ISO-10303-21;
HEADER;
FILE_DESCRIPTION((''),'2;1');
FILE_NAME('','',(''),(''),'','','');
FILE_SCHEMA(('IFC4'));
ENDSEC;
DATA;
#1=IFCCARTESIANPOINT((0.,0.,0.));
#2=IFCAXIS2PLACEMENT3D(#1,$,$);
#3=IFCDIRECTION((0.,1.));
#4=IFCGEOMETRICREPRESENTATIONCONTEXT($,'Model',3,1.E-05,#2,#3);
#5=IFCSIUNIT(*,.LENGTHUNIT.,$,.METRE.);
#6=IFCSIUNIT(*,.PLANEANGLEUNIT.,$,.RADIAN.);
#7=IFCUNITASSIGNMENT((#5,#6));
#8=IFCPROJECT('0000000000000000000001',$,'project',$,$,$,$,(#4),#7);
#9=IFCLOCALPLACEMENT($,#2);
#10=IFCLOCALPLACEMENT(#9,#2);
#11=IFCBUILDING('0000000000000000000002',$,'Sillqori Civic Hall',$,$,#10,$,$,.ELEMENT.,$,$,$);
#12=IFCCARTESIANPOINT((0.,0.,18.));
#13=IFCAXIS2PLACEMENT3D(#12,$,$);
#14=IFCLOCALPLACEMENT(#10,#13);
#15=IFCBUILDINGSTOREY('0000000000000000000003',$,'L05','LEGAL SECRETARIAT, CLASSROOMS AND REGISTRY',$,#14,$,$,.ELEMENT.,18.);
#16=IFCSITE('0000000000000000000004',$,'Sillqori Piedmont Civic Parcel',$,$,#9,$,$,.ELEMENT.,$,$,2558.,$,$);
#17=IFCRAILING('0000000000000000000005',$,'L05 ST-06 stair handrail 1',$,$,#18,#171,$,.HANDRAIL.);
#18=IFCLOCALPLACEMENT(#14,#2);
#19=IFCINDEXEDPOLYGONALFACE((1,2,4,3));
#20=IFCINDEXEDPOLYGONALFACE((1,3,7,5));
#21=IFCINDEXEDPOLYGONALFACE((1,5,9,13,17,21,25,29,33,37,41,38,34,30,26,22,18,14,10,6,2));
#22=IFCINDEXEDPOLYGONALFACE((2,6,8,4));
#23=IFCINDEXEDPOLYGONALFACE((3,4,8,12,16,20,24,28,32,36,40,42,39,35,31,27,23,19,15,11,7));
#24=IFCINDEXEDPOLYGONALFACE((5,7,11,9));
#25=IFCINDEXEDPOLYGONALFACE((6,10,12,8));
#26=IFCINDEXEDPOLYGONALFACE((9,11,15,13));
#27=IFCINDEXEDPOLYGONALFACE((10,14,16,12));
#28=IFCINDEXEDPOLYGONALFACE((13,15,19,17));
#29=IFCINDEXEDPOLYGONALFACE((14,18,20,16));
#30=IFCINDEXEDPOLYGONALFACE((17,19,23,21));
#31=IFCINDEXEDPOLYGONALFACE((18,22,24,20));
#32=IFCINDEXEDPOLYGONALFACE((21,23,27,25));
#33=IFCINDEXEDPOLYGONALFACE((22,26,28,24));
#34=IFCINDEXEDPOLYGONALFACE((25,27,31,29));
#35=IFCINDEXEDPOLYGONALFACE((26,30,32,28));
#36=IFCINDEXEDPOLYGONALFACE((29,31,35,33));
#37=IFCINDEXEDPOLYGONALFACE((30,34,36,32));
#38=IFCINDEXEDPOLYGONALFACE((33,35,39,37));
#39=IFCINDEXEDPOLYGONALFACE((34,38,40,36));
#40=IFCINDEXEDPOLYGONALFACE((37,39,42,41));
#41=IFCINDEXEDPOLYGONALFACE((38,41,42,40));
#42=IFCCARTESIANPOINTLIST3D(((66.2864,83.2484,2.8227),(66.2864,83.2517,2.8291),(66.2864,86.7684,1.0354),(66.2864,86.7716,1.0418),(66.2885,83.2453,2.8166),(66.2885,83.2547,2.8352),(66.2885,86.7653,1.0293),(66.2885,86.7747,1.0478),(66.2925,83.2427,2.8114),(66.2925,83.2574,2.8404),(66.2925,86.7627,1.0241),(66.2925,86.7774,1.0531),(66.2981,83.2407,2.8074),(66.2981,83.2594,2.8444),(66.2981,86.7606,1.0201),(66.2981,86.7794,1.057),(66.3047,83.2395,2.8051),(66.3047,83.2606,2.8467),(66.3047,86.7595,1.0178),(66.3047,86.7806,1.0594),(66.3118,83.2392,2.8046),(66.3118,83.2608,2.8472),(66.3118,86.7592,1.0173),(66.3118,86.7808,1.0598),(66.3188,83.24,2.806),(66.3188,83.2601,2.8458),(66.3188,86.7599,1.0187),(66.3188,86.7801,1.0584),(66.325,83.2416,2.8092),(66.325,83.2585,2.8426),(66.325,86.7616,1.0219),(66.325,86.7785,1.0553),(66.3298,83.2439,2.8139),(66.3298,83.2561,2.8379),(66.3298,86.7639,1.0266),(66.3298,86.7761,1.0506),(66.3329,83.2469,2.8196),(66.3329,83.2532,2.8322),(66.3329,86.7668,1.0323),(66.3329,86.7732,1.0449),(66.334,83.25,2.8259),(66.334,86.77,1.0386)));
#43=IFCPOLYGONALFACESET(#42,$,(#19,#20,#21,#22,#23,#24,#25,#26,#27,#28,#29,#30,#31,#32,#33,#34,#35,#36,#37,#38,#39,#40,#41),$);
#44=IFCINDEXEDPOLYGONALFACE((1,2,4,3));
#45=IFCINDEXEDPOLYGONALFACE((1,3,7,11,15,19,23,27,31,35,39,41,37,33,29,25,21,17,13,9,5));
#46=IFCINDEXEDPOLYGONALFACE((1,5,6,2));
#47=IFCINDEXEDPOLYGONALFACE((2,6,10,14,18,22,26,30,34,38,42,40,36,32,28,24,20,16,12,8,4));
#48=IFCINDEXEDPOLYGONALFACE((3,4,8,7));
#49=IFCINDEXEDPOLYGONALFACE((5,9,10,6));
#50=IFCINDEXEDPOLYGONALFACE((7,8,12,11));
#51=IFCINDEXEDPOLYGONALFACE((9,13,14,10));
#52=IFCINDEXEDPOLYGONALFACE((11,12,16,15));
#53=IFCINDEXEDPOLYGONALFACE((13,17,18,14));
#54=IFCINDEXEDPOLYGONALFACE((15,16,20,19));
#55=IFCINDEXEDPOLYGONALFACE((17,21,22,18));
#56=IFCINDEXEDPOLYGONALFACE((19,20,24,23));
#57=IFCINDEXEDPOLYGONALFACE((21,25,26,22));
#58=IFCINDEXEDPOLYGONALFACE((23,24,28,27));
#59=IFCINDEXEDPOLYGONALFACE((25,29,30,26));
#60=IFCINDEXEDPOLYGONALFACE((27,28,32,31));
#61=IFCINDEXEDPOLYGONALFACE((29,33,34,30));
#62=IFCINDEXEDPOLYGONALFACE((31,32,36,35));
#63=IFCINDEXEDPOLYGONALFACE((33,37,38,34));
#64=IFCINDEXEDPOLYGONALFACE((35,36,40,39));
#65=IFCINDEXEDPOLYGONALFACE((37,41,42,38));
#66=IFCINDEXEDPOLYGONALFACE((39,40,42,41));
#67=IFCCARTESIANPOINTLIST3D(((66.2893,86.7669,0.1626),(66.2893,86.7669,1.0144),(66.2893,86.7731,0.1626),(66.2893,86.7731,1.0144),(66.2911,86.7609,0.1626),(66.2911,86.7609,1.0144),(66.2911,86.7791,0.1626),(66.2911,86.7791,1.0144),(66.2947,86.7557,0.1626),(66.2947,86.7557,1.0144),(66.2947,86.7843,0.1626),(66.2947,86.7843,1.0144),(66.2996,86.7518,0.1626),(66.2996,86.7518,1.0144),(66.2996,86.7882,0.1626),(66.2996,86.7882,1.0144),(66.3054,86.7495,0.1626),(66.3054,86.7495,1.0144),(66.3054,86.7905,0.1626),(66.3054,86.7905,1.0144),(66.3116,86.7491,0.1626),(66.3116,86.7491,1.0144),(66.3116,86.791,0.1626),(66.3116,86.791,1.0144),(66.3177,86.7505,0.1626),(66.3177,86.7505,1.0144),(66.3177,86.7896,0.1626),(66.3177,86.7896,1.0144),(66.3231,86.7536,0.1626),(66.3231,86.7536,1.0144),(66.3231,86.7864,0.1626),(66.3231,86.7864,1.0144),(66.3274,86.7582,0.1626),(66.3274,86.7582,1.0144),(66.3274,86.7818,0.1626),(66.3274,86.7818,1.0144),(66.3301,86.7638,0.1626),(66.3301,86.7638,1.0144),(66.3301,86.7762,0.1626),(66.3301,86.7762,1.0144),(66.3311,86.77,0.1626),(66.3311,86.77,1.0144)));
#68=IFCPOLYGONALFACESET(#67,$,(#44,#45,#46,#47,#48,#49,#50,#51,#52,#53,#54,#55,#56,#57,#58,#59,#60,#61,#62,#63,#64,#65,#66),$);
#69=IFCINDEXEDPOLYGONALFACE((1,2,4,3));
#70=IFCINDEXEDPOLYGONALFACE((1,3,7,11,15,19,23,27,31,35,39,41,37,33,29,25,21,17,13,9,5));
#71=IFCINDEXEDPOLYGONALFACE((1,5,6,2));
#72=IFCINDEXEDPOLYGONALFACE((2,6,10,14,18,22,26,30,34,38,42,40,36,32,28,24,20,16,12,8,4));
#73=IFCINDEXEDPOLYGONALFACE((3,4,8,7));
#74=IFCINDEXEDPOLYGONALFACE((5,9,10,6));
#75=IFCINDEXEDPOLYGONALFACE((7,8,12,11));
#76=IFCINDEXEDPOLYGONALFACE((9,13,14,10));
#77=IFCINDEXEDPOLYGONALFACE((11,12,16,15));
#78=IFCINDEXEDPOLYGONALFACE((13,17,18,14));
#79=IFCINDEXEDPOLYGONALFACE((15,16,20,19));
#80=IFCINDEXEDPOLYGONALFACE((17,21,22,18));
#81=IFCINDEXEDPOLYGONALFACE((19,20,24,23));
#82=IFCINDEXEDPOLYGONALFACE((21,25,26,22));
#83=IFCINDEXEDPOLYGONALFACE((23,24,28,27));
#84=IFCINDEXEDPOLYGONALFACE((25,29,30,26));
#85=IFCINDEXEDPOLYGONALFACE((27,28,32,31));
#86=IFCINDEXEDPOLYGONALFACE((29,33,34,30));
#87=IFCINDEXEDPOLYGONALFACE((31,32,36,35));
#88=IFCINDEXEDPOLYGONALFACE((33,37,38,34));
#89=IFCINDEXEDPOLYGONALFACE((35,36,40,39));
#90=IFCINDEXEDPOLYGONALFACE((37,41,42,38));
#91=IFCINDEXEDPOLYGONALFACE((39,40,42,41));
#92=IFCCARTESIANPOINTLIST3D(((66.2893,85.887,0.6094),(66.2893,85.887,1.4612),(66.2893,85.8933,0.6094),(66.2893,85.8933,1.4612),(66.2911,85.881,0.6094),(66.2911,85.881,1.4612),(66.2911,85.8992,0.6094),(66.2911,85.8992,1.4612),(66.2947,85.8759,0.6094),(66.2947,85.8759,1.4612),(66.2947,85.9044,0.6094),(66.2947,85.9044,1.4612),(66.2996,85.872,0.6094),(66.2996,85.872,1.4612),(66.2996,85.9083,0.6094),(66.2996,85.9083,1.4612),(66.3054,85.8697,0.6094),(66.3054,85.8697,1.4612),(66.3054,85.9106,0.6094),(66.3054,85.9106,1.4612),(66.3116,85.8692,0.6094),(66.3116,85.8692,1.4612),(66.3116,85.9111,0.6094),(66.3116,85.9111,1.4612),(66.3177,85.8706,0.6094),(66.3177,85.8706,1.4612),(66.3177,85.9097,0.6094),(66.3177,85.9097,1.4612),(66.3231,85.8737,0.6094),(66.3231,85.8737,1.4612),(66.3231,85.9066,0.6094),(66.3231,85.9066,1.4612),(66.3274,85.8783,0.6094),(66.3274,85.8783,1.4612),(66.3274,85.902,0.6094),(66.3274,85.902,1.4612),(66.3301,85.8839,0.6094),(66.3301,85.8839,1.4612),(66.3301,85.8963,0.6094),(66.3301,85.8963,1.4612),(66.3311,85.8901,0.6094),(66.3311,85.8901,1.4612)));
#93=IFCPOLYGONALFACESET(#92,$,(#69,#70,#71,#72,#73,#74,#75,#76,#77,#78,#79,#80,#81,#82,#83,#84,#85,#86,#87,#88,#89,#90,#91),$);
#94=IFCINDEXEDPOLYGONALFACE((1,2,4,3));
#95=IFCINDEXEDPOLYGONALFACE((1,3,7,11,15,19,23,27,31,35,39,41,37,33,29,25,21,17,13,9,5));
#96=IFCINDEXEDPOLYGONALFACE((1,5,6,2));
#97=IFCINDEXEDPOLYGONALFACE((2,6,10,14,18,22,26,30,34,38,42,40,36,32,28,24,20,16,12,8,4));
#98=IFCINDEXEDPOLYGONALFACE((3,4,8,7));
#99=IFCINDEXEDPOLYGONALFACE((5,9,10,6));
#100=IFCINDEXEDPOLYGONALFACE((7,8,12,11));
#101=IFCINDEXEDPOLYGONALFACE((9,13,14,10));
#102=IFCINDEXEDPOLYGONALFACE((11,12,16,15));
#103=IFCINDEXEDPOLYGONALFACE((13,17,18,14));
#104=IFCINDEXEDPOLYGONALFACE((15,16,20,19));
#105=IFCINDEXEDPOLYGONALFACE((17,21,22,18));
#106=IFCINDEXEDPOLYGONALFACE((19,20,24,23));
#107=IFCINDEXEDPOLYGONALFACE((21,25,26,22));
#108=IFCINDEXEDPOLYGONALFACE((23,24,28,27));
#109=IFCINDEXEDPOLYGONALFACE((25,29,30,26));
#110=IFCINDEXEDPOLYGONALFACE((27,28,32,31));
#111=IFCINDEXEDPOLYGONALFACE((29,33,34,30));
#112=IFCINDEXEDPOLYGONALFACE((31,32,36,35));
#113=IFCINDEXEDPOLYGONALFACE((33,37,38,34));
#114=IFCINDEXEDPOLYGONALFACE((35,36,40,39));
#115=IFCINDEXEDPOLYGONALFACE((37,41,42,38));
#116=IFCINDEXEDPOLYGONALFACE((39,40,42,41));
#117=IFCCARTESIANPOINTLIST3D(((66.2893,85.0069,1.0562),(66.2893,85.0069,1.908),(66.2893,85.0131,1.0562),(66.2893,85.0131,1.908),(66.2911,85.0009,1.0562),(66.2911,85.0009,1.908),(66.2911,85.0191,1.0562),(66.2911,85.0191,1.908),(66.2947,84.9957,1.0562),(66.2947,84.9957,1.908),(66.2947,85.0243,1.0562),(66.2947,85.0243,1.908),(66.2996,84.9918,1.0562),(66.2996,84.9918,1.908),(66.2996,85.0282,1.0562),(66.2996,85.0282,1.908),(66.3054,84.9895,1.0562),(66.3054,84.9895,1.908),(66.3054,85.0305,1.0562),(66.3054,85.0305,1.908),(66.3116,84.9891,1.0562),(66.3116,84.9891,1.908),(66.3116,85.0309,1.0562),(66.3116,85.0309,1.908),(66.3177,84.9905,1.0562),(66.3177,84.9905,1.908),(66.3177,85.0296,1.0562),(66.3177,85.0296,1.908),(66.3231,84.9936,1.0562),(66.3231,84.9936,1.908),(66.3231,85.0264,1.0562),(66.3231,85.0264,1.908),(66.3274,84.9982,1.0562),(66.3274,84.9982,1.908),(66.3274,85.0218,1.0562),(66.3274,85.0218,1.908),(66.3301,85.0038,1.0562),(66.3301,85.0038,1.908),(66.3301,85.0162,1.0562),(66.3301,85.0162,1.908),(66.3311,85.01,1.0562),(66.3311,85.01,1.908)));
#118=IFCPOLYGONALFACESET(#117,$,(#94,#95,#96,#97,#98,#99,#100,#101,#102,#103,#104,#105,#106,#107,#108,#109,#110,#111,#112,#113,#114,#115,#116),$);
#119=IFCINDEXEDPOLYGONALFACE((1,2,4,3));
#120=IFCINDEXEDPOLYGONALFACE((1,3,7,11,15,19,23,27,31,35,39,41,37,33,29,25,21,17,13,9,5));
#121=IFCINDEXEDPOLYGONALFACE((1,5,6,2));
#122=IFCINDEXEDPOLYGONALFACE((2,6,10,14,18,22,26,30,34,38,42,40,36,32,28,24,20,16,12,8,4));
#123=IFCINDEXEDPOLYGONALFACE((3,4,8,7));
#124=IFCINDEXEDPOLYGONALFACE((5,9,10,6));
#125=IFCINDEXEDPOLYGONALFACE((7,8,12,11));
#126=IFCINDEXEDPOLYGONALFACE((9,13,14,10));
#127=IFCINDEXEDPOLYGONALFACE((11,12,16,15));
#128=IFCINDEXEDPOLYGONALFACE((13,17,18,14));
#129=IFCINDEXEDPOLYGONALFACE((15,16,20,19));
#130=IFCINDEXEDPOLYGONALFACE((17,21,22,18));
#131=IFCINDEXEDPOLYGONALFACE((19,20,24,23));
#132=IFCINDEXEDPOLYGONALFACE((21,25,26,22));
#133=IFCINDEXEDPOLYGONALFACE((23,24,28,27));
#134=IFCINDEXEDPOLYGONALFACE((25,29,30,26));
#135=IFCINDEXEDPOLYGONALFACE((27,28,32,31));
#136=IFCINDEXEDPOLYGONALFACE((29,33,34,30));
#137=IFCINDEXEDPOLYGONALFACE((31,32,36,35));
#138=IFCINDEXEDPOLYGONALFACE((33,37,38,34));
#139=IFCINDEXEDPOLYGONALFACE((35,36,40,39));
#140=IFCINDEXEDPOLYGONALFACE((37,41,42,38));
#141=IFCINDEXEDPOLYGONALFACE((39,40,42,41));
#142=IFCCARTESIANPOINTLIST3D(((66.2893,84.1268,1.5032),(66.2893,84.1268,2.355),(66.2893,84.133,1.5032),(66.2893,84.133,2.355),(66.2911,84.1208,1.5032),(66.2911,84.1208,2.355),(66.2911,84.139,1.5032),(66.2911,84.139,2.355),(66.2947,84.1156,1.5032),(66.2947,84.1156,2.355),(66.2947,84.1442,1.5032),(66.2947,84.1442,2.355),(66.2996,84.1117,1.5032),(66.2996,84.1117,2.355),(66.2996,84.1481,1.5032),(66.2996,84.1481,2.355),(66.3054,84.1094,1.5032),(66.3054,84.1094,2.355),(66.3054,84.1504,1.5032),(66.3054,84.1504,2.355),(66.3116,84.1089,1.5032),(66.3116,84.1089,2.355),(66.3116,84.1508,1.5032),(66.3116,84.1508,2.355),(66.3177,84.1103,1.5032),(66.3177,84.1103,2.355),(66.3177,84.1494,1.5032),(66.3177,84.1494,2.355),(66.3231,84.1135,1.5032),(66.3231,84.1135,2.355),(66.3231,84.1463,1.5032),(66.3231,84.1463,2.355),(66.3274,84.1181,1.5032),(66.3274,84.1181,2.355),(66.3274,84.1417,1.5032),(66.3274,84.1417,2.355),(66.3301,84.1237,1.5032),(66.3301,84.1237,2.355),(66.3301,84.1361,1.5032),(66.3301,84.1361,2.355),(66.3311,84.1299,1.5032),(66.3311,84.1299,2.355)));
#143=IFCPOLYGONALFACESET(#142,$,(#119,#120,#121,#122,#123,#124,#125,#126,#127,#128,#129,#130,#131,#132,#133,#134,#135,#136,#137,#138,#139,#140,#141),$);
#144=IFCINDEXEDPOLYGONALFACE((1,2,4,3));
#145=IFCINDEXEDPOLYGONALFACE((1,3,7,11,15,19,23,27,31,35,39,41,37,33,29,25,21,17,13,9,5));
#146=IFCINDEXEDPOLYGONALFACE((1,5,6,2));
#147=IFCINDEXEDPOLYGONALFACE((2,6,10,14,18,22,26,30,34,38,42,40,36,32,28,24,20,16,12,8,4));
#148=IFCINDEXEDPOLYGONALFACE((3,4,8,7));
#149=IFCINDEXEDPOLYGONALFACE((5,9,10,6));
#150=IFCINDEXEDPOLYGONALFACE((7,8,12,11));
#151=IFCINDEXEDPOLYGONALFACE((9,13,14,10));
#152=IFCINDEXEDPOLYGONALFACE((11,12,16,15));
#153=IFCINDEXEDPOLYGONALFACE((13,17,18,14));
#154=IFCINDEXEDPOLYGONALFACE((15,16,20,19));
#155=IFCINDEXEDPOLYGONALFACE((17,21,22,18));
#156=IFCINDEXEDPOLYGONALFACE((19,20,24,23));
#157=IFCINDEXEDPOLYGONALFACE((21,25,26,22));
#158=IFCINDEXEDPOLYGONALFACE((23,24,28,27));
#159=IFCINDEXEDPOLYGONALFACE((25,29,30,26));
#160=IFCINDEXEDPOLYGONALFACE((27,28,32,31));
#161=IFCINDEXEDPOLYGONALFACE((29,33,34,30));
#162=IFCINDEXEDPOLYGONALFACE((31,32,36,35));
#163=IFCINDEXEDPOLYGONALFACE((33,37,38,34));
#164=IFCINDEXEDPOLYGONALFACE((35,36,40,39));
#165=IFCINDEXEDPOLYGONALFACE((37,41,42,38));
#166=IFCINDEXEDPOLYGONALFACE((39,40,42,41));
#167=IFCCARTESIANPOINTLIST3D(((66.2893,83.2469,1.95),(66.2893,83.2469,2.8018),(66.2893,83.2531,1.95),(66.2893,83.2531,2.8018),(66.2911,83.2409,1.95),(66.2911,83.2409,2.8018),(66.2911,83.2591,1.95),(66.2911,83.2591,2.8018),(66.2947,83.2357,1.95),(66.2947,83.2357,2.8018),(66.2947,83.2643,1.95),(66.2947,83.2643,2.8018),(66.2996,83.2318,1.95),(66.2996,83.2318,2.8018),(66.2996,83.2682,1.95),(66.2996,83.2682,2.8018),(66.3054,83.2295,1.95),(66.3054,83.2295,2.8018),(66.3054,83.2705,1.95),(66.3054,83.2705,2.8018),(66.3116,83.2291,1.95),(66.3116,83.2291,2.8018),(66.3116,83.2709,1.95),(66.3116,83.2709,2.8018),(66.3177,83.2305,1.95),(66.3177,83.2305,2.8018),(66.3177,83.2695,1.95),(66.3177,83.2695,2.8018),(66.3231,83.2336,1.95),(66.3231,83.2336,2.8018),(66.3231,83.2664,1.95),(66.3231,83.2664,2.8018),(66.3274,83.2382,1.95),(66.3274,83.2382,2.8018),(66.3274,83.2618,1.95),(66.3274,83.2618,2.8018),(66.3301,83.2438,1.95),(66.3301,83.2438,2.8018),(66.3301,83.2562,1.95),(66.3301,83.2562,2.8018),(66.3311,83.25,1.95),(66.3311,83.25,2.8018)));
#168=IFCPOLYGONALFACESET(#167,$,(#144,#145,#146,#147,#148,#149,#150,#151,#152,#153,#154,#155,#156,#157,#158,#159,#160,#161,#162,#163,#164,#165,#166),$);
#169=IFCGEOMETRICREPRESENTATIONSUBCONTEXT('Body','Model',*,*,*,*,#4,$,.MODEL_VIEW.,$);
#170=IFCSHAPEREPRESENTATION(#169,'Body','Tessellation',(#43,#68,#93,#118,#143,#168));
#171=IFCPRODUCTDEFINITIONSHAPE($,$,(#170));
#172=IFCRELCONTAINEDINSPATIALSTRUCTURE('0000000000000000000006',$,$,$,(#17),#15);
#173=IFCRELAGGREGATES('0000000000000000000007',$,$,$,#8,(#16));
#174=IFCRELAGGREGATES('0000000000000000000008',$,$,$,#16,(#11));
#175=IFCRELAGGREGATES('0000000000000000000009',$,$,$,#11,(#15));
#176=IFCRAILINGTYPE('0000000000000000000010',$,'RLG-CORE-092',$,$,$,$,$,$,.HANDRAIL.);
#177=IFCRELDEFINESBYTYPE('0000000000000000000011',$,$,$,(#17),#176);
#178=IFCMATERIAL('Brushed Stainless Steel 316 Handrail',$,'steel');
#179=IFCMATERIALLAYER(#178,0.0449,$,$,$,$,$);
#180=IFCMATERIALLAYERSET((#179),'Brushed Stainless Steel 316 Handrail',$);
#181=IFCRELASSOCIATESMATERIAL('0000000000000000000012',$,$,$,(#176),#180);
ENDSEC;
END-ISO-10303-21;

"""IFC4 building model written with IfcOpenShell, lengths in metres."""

from ifc_helpers import new_model, si_unit, direction, frame, origin, origin_2d, place, context, subcontext, project, spatial, circle, extrude, material, layer, layer_set, type_object, element, save


model = new_model("IFC4")

# Units and contexts
model_context = context("Model", 3, precision=1e-05, world=origin(), true_north=direction((0.0, 1.0)))
body_context = subcontext(model_context, "Body", "Model", "MODEL_VIEW")
ifc_project = project(units=[si_unit("LENGTHUNIT", "METRE"), si_unit("PLANEANGLEUNIT", "RADIAN")], contexts=[model_context])

# Site, building, storey
site_placement = place(None, origin())
site = spatial("IfcSite", under=ifc_project, at=site_placement, Name="Sillqori Piedmont Civic Parcel", CompositionType="ELEMENT", RefElevation=2558.0)
building_placement = place(site_placement, origin())
building = spatial("IfcBuilding", under=site, at=building_placement, Name="Sillqori Civic Hall", CompositionType="ELEMENT")
storey_placement = place(building_placement, frame((0.0, 0.0, 18.0)))
storey = spatial("IfcBuildingStorey", under=building, at=storey_placement, Name="L05", Description="LEGAL SECRETARIAT, CLASSROOMS AND REGISTRY", CompositionType="ELEMENT", Elevation=18.0)

# Railing
ifc_material_1 = material(Name="Brushed Stainless Steel 316 Handrail", Category="steel")
ifc_layer_1 = layer(ifc_material_1, 0.0449)
ifc_layer_set_1 = layer_set([ifc_layer_1], Name="Brushed Stainless Steel 316 Handrail")
railing_type_1 = type_object("IfcRailingType", Name="RLG-CORE-092", PredefinedType="HANDRAIL", material=ifc_layer_set_1)
railing_1_placement = place(storey_placement, frame((66.3101, 86.77, 0.1626)))
element("IfcRailing", 1, at=railing_1_placement, inside=storey, type_object=railing_type_1, Name="L05 ST-06 stair handrail 1", PredefinedType="HANDRAIL", context=body_context, shape_type="SweptSolid", body=[
    extrude(circle(Radius=0.0239, at=origin_2d()), frame((0.0, 0.0, 0.876), z_axis=(0.0, -0.89164, 0.452746), x_axis=(1.0, 0.0, 0.0)), (0.0, 0.0, 1.0), 3.9478),
    extrude(circle(Radius=0.021, at=origin_2d()), origin(), (0.0, 0.0, 1.0), 0.8518),
    extrude(circle(Radius=0.021, at=origin_2d()), frame((0.0, -0.8799, 0.4468)), (0.0, 0.0, 1.0), 0.8518),
    extrude(circle(Radius=0.021, at=origin_2d()), frame((0.0, -1.76, 0.8936)), (0.0, 0.0, 1.0), 0.8518),
    extrude(circle(Radius=0.021, at=origin_2d()), frame((0.0, -2.6401, 1.3406)), (0.0, 0.0, 1.0), 0.8518),
    extrude(circle(Radius=0.021, at=origin_2d()), frame((0.0, -3.52, 1.7874)), (0.0, 0.0, 1.0), 0.8518),
])

save(model, "model.ifc")
